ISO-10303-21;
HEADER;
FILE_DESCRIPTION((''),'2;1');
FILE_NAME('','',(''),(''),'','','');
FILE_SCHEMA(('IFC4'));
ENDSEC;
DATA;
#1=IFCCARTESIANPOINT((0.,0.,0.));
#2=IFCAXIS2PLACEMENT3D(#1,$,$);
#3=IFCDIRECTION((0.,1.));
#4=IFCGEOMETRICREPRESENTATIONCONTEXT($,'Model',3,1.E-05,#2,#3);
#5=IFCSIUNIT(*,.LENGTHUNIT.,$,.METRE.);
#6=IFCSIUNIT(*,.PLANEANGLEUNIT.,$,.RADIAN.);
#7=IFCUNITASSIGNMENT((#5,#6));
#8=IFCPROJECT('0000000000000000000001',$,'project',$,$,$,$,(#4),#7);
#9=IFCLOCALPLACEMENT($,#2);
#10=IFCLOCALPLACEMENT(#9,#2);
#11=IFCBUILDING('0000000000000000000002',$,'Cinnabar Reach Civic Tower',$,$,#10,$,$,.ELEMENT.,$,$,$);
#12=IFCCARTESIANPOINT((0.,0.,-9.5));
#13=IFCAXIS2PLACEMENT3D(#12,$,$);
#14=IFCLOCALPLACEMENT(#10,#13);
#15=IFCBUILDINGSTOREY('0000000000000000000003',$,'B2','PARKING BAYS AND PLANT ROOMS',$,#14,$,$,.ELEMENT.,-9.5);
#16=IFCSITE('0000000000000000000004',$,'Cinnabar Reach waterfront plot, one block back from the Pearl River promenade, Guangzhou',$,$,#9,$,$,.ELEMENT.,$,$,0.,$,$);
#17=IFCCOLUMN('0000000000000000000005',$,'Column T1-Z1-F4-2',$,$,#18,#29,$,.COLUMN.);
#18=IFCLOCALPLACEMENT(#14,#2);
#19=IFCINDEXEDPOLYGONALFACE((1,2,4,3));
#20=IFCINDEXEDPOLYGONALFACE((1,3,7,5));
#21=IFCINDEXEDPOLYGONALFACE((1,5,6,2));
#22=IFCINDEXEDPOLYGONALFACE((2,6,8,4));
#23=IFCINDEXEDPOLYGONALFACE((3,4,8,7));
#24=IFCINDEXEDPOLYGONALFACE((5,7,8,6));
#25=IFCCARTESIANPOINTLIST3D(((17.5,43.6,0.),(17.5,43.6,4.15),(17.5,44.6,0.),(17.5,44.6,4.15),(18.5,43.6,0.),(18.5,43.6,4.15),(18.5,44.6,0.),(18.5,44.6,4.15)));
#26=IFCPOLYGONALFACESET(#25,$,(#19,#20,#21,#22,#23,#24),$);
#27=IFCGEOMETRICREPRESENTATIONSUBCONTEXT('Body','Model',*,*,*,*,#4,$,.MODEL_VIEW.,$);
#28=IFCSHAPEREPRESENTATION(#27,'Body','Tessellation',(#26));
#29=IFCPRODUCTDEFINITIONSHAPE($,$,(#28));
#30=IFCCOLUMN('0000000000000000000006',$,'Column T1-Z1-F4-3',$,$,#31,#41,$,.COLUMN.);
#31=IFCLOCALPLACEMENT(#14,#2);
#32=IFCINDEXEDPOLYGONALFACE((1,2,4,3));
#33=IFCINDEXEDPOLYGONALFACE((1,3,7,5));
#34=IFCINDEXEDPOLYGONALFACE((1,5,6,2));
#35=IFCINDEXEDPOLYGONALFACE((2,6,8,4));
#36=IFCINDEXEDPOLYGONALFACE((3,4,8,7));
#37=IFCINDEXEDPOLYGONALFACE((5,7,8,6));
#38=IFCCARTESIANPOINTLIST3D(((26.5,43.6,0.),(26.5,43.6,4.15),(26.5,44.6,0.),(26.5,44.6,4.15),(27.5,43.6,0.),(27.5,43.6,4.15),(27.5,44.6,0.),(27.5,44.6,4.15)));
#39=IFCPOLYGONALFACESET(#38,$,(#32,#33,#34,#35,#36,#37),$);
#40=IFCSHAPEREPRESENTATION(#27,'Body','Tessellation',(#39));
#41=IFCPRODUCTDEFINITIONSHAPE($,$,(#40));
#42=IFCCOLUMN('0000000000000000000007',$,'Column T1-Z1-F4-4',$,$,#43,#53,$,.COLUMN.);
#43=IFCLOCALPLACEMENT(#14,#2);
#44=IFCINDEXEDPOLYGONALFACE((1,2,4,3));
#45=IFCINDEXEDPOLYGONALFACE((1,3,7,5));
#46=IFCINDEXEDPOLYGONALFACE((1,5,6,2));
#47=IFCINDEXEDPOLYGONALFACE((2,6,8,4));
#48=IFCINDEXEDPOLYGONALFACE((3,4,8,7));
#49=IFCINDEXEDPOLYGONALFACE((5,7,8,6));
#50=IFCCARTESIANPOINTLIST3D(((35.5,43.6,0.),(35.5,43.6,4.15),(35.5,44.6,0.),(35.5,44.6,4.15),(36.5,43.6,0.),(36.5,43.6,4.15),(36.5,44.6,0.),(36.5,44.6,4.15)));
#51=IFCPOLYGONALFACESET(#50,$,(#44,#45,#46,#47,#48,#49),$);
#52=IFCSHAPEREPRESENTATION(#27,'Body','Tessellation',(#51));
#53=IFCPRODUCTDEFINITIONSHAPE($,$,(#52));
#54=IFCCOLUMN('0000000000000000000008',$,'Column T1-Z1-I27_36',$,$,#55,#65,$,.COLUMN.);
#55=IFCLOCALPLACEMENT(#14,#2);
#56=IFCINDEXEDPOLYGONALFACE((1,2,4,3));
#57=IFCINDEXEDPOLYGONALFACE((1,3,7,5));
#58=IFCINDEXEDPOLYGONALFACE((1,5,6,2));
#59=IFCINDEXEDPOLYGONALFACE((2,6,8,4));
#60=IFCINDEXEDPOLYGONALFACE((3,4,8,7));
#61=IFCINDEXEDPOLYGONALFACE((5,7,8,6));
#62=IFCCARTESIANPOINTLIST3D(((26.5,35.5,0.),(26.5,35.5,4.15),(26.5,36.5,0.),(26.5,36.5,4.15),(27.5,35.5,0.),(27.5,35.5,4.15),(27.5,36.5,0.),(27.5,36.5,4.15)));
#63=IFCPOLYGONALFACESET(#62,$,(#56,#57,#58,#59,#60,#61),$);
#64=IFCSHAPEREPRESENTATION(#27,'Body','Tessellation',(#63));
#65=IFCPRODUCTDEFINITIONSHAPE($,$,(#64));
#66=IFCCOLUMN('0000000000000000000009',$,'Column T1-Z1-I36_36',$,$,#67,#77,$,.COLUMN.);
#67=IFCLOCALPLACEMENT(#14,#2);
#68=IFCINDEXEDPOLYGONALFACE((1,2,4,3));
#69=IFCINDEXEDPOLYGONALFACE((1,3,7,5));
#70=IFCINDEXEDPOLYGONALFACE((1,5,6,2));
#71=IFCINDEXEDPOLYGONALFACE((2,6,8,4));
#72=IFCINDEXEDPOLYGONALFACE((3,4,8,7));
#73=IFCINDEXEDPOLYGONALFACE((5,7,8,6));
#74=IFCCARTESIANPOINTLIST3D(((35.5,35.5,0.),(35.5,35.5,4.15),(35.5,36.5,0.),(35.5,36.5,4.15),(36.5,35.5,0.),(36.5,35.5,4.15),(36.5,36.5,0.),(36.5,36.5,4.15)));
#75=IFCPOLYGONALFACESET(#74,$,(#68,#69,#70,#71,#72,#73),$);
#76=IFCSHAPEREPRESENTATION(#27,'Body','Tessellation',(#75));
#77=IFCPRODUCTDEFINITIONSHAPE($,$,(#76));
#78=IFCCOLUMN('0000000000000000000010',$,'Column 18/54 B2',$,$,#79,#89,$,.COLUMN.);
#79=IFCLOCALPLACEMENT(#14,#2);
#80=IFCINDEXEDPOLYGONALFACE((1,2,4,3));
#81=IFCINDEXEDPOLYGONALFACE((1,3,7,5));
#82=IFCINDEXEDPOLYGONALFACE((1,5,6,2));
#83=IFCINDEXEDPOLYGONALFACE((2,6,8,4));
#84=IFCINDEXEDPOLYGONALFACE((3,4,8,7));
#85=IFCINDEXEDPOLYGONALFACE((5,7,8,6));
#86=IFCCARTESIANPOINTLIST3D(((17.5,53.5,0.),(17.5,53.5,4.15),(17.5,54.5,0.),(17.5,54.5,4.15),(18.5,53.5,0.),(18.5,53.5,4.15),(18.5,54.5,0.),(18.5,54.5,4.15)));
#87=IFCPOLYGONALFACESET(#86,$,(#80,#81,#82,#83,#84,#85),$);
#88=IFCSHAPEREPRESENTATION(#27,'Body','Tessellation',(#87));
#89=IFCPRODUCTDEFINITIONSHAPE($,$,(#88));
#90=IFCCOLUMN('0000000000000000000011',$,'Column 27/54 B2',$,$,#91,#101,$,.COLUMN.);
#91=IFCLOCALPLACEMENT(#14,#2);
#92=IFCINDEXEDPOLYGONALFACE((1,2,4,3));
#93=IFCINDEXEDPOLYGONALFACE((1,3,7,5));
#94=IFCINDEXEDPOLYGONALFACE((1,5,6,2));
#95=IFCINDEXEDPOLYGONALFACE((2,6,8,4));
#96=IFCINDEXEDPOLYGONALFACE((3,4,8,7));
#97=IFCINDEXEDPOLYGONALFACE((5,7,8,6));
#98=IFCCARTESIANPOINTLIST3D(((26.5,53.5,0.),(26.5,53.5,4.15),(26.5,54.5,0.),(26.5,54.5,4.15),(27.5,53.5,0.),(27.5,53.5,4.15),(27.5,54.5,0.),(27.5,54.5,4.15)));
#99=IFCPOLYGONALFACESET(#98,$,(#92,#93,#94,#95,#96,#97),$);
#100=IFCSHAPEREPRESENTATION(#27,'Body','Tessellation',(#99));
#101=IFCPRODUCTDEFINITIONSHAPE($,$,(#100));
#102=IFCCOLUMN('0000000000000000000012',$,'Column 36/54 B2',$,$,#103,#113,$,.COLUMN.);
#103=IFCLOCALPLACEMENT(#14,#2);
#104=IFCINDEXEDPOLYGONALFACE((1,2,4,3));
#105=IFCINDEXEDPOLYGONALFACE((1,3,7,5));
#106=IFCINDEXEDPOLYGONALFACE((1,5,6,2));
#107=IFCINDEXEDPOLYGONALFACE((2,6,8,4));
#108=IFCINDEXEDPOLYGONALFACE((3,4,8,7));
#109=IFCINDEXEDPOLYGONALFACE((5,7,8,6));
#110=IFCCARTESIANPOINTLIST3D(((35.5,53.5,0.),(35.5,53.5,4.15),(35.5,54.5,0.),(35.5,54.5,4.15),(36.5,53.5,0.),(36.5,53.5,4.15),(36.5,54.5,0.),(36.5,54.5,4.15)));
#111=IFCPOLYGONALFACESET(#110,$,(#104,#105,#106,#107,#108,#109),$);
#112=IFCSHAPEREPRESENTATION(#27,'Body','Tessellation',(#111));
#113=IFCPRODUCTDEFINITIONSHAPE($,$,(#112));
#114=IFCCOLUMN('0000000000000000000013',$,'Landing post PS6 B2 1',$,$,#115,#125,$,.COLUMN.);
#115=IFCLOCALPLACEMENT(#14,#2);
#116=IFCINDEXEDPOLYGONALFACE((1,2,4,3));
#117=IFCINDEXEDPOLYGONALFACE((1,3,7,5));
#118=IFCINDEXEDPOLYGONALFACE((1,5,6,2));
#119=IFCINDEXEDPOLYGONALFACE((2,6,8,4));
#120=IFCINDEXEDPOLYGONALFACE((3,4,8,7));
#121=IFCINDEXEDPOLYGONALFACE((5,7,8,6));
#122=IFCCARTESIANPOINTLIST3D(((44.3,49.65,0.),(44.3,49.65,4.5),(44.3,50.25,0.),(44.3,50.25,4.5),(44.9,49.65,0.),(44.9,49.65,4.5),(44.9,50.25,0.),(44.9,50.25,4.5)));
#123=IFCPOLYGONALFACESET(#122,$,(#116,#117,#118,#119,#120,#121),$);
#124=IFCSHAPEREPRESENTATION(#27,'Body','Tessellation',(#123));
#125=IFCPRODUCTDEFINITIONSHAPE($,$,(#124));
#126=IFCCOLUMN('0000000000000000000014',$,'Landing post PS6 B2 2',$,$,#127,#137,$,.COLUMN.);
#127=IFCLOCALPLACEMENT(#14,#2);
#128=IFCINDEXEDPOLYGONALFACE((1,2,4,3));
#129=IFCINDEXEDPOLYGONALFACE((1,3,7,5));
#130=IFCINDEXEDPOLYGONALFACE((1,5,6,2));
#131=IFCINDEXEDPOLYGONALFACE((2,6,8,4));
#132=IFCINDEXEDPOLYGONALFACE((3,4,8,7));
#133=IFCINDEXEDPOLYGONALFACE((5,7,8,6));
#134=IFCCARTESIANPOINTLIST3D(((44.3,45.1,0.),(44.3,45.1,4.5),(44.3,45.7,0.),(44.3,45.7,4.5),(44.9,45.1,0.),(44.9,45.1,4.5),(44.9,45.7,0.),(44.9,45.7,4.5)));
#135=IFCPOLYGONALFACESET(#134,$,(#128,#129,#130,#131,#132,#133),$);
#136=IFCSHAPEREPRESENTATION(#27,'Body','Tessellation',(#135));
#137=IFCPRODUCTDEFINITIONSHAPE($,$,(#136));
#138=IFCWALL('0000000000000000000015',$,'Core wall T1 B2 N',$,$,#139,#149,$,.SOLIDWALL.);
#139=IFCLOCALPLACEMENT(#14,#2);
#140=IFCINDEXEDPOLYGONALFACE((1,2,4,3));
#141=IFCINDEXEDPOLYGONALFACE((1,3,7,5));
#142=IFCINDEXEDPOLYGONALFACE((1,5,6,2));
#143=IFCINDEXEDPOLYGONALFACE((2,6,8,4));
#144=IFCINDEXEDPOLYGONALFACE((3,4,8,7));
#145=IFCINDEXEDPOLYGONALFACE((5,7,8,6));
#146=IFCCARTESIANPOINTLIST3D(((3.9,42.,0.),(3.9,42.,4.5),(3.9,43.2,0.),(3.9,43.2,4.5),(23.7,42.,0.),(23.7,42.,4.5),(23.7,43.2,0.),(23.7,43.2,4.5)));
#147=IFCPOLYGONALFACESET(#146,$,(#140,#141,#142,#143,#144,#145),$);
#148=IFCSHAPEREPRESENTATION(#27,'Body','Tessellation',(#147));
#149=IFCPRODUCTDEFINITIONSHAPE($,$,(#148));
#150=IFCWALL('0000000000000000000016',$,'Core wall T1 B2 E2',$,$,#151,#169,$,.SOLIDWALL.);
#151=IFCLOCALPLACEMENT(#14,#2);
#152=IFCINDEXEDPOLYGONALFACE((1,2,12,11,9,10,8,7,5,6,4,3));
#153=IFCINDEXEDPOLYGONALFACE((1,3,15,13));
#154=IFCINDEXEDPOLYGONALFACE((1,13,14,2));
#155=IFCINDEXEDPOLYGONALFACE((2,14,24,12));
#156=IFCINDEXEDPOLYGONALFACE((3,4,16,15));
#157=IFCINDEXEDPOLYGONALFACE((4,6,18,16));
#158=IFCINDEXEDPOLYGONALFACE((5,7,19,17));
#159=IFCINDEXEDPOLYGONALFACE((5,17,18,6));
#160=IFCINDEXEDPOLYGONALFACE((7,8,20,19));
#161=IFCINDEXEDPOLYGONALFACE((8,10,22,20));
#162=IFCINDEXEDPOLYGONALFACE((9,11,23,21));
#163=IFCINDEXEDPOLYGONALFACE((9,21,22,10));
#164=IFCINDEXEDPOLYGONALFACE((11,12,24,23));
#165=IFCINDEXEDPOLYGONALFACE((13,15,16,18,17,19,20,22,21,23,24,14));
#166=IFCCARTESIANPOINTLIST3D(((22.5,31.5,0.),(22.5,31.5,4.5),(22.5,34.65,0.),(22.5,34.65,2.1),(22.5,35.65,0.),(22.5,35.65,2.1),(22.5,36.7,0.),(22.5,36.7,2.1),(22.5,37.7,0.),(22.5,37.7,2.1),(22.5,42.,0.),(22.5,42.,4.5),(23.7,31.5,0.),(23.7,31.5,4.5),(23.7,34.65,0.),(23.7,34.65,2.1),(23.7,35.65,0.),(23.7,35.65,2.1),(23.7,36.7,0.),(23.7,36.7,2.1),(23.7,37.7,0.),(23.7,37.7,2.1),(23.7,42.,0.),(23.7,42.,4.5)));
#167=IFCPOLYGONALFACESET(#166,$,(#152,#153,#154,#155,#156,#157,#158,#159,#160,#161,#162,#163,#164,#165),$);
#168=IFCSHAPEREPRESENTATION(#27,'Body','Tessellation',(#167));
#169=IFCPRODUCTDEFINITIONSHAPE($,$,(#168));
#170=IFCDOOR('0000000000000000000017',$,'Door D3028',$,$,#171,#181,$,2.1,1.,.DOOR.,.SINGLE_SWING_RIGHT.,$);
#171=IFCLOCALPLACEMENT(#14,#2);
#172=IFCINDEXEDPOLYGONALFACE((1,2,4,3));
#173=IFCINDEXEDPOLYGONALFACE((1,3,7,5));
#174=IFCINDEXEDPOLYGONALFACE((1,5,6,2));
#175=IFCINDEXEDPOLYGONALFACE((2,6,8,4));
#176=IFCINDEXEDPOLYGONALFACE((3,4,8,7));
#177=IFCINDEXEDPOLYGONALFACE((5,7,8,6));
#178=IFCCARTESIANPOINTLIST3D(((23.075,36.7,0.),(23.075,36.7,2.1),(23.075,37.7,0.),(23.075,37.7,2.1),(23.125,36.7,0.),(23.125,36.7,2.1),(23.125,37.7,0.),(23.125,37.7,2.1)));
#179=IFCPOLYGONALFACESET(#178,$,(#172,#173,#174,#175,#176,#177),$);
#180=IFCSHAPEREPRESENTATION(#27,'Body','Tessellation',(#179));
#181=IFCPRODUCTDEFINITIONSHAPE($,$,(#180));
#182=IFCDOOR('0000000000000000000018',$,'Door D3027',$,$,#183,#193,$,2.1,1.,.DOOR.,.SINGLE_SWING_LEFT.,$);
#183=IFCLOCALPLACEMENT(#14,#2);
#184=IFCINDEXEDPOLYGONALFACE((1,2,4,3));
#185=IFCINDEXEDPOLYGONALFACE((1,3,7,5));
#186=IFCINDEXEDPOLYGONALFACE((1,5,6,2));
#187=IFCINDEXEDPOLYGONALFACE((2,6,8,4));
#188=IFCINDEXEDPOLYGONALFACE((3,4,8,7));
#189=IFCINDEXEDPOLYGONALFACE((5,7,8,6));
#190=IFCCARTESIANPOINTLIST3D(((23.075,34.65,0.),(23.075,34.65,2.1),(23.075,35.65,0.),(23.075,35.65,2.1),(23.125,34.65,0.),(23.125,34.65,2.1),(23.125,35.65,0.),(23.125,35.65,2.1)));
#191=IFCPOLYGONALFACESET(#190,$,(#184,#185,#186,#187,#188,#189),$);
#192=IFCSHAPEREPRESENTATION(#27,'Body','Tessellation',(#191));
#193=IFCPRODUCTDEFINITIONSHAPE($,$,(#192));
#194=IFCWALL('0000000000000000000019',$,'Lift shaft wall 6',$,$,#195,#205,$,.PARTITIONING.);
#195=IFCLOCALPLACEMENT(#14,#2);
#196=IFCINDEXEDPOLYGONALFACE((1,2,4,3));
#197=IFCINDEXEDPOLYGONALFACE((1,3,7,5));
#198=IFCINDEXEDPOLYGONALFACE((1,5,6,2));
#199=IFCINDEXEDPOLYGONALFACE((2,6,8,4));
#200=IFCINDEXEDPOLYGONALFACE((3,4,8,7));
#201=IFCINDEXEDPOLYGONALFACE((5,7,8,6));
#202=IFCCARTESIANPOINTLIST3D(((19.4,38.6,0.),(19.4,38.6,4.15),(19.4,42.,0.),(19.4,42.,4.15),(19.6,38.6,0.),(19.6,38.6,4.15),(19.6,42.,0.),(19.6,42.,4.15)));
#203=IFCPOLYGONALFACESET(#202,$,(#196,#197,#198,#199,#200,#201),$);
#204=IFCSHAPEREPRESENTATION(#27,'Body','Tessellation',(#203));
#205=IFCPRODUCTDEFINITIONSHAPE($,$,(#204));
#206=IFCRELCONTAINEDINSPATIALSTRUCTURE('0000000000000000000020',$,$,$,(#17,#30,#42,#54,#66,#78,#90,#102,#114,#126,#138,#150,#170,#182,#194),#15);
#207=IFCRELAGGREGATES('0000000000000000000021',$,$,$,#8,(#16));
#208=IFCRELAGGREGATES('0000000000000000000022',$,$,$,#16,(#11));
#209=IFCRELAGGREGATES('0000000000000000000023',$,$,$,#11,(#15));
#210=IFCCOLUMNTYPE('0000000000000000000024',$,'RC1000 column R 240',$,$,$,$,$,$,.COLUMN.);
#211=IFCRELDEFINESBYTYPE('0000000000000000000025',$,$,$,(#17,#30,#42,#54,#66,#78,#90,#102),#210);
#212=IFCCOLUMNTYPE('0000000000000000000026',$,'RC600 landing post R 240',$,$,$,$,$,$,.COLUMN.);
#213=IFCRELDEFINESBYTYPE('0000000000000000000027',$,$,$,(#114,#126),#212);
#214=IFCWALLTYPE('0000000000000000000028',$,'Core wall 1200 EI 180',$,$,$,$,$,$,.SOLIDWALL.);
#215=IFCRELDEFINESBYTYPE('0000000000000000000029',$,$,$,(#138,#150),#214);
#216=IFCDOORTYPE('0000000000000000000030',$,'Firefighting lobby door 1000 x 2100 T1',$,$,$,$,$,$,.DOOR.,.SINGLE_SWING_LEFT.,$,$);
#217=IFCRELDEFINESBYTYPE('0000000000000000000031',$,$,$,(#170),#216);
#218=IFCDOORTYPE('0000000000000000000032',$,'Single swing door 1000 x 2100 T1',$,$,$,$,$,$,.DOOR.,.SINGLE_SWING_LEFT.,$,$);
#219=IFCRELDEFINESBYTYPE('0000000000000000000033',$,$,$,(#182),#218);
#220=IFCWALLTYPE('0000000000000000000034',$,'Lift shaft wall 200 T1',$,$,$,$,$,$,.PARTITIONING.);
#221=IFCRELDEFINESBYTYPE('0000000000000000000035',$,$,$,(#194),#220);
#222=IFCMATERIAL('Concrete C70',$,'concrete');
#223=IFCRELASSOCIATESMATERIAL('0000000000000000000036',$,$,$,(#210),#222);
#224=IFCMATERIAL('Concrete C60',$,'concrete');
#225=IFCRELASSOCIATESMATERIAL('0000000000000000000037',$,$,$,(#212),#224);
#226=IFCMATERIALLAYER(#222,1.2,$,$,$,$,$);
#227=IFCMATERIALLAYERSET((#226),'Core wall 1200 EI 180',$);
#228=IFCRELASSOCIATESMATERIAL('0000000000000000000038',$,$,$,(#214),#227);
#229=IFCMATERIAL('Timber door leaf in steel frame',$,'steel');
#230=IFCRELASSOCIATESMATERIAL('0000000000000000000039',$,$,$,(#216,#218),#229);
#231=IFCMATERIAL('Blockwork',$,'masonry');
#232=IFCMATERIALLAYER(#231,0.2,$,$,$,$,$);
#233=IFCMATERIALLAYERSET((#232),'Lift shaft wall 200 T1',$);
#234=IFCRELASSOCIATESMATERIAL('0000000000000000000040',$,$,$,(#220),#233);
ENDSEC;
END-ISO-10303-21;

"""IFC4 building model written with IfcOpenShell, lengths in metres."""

from ifc_helpers import new_model, si_unit, direction, frame, frame_2d, origin, origin_2d, place, context, subcontext, project, spatial, rectangle, extrude, material, layer, layer_set, material_profile, profile_set, type_object, element, fill, save


model = new_model("IFC4")

# Units and contexts
model_context = context("Model", 3, precision=1e-05, world=origin(), true_north=direction((0.0, 1.0)))
body_context = subcontext(model_context, "Body", "Model", "MODEL_VIEW")
ifc_project = project(units=[si_unit("LENGTHUNIT", "METRE"), si_unit("PLANEANGLEUNIT", "RADIAN")], contexts=[model_context])

# Site, building, storey
site_placement = place(None, origin())
site = spatial("IfcSite", under=ifc_project, at=site_placement, Name="Cinnabar Reach waterfront plot, one block back from the Pearl River promenade, Guangzhou", CompositionType="ELEMENT", RefElevation=0.0)
building_placement = place(site_placement, origin())
building = spatial("IfcBuilding", under=site, at=building_placement, Name="Cinnabar Reach Civic Tower", CompositionType="ELEMENT")
storey_placement = place(building_placement, frame((0.0, 0.0, -9.5)))
storey = spatial("IfcBuildingStorey", under=building, at=storey_placement, Name="B2", Description="PARKING BAYS AND PLANT ROOMS", CompositionType="ELEMENT", Elevation=-9.5)

# Columns
ifc_material_1 = material(Name="Concrete C70", Category="concrete")
ifc_material_profile_1 = material_profile(ifc_material_1, rectangle(XDim=1.0, YDim=1.0, at=origin_2d()), Name="RC1000")
ifc_profile_set_1 = profile_set([ifc_material_profile_1], Name="Concrete C70")
column_type_1 = type_object("IfcColumnType", Name="RC1000 column R 240", PredefinedType="COLUMN", material=ifc_profile_set_1)
for number, where, z_axis, x_axis, name in (
    (1, (18.0, 44.1, 0.0), (0.0, 0.0, 1.0), (1.0, 0.0, 0.0), "Column T1-Z1-F4-2"),
    (2, (27.0, 44.1, 0.0), (0.0, 0.0, 1.0), (1.0, 0.0, 0.0), "Column T1-Z1-F4-3"),
    (3, (36.0, 44.1, 0.0), (0.0, 0.0, 1.0), (1.0, 0.0, 0.0), "Column T1-Z1-F4-4"),
    (4, (27.0, 36.0, 0.0), (0.0, 0.0, 1.0), (1.0, 0.0, 0.0), "Column T1-Z1-I27_36"),
    (5, (36.0, 36.0, 0.0), (0.0, 0.0, 1.0), (1.0, 0.0, 0.0), "Column T1-Z1-I36_36"),
    (6, (18.0, 54.0, 0.0), (0.0, 0.0, 1.0), (1.0, 0.0, 0.0), "Column 18/54 B2"),
    (7, (27.0, 54.0, 0.0), (0.0, 0.0, 1.0), (1.0, 0.0, 0.0), "Column 27/54 B2"),
    (8, (36.0, 54.0, 0.0), (0.0, 0.0, 1.0), (1.0, 0.0, 0.0), "Column 36/54 B2"),
):
    element("IfcColumn", number, at=place(storey_placement, frame(where, z_axis=z_axis, x_axis=x_axis)), inside=storey, type_object=column_type_1, Name=name, PredefinedType="COLUMN", context=body_context, shape_type="SweptSolid", body=[
        extrude(rectangle(XDim=1.0, YDim=1.0, at=origin_2d()), origin(), (0.0, 0.0, 1.0), 4.15),
    ])
ifc_material_2 = material(Name="Concrete C60", Category="concrete")
ifc_material_profile_2 = material_profile(ifc_material_2, rectangle(XDim=0.6, YDim=0.6, at=origin_2d()), Name="RC600")
ifc_profile_set_2 = profile_set([ifc_material_profile_2], Name="Concrete C60")
column_type_2 = type_object("IfcColumnType", Name="RC600 landing post R 240", PredefinedType="COLUMN", material=ifc_profile_set_2)
for number, where, z_axis, x_axis, name in (
    (9, (44.6, 49.95, 0.0), (0.0, 0.0, 1.0), (1.0, 0.0, 0.0), "Landing post PS6 B2 1"),
    (10, (44.6, 45.4, 0.0), (0.0, 0.0, 1.0), (1.0, 0.0, 0.0), "Landing post PS6 B2 2"),
):
    element("IfcColumn", number, at=place(storey_placement, frame(where, z_axis=z_axis, x_axis=x_axis)), inside=storey, type_object=column_type_2, Name=name, PredefinedType="COLUMN", context=body_context, shape_type="SweptSolid", body=[
        extrude(rectangle(XDim=0.6, YDim=0.6, at=origin_2d()), origin(), (0.0, 0.0, 1.0), 4.5),
    ])

# Wall
ifc_layer_1 = layer(ifc_material_1, 1.2)
ifc_layer_set_1 = layer_set([ifc_layer_1], Name="Core wall 1200 EI 180")
wall_type_1 = type_object("IfcWallType", Name="Core wall 1200 EI 180", PredefinedType="SOLIDWALL", material=ifc_layer_set_1)
wall_1_placement = place(storey_placement, frame((23.7, 42.6, 0.0), z_axis=(0.0, 0.0, 1.0), x_axis=(-1.0, 0.0, 0.0)))
element("IfcWall", 11, at=wall_1_placement, inside=storey, type_object=wall_type_1, Name="Core wall T1 B2 N", PredefinedType="SOLIDWALL", context=body_context, shape_type="SweptSolid", body=[
    extrude(rectangle(XDim=19.8, YDim=1.2, at=frame_2d((9.9, 0.0))), origin(), (0.0, 0.0, 1.0), 4.5),
])

# Wall, openings, doors
wall_2_placement = place(storey_placement, frame((23.1, 31.5, 0.0), z_axis=(0.0, 0.0, 1.0), x_axis=(0.0, 1.0, 0.0)))
wall_2 = element("IfcWall", 12, at=wall_2_placement, inside=storey, type_object=wall_type_1, Name="Core wall T1 B2 E2", PredefinedType="SOLIDWALL", context=body_context, shape_type="SweptSolid", body=[
    extrude(rectangle(XDim=10.5, YDim=1.2, at=frame_2d((5.25, 0.0))), origin(), (0.0, 0.0, 1.0), 4.5),
])
opening_1_placement = place(wall_2_placement, frame((3.15, 0.0, 0.0)))
opening_1 = element("IfcOpeningElement", 13, at=opening_1_placement, cuts=wall_2, PredefinedType="OPENING", context=body_context, shape_type="SweptSolid", body=[
    extrude(rectangle(XDim=1.0, YDim=2.1, at=frame_2d((0.5, 1.05))), frame((0.0, 0.61, 0.0), z_axis=(0.0, -1.0, 0.0), x_axis=(1.0, 0.0, 0.0)), (0.0, 0.0, 1.0), 1.22),
])
opening_2_placement = place(wall_2_placement, frame((5.2, 0.0, 0.0)))
opening_2 = element("IfcOpeningElement", 14, at=opening_2_placement, cuts=wall_2, PredefinedType="OPENING", context=body_context, shape_type="SweptSolid", body=[
    extrude(rectangle(XDim=1.0, YDim=2.1, at=frame_2d((0.5, 1.05))), frame((0.0, 0.61, 0.0), z_axis=(0.0, -1.0, 0.0), x_axis=(1.0, 0.0, 0.0)), (0.0, 0.0, 1.0), 1.22),
])
ifc_material_3 = material(Name="Timber door leaf in steel frame", Category="steel")
door_type_1 = type_object("IfcDoorType", Name="Firefighting lobby door 1000 x 2100 T1", OperationType="SINGLE_SWING_LEFT", PredefinedType="DOOR", material=ifc_material_3)
door_1_placement = place(opening_2_placement, frame((1.0, 0.0, 0.0), z_axis=(0.0, 0.0, 1.0), x_axis=(-1.0, 0.0, 0.0)))
door_1 = element("IfcDoor", 15, at=door_1_placement, inside=storey, type_object=door_type_1, Name="Door D3028", OperationType="SINGLE_SWING_RIGHT", OverallHeight=2.1, OverallWidth=1.0, PredefinedType="DOOR", context=body_context, shape_type="SweptSolid", body=[
    extrude(rectangle(XDim=1.0, YDim=2.1, at=frame_2d((0.5, 1.05))), frame((0.0, 0.025, 0.0), z_axis=(0.0, -1.0, 0.0), x_axis=(1.0, 0.0, 0.0)), (0.0, 0.0, 1.0), 0.05),
])
fill(opening_2, door_1)
door_type_2 = type_object("IfcDoorType", Name="Single swing door 1000 x 2100 T1", OperationType="SINGLE_SWING_LEFT", PredefinedType="DOOR", material=ifc_material_3)
door_2_placement = place(opening_1_placement, frame((1.0, 0.0, 0.0), z_axis=(0.0, 0.0, 1.0), x_axis=(-1.0, 0.0, 0.0)))
door_2 = element("IfcDoor", 16, at=door_2_placement, inside=storey, type_object=door_type_2, Name="Door D3027", OperationType="SINGLE_SWING_LEFT", OverallHeight=2.1, OverallWidth=1.0, PredefinedType="DOOR", context=body_context, shape_type="SweptSolid", body=[
    extrude(rectangle(XDim=1.0, YDim=2.1, at=frame_2d((0.5, 1.05))), frame((0.0, 0.025, 0.0), z_axis=(0.0, -1.0, 0.0), x_axis=(1.0, 0.0, 0.0)), (0.0, 0.0, 1.0), 0.05),
])
fill(opening_1, door_2)

# Wall
ifc_material_4 = material(Name="Blockwork", Category="masonry")
ifc_layer_2 = layer(ifc_material_4, 0.2)
ifc_layer_set_2 = layer_set([ifc_layer_2], Name="Lift shaft wall 200 T1")
wall_type_2 = type_object("IfcWallType", Name="Lift shaft wall 200 T1", PredefinedType="PARTITIONING", material=ifc_layer_set_2)
wall_3_placement = place(storey_placement, frame((19.5, 38.6, 0.0), z_axis=(0.0, 0.0, 1.0), x_axis=(0.0, 1.0, 0.0)))
element("IfcWall", 17, at=wall_3_placement, inside=storey, type_object=wall_type_2, Name="Lift shaft wall 6", PredefinedType="PARTITIONING", context=body_context, shape_type="SweptSolid", body=[
    extrude(rectangle(XDim=3.4, YDim=0.2, at=frame_2d((1.7, 0.0))), origin(), (0.0, 0.0, 1.0), 4.15),
])

save(model, "model.ifc")
